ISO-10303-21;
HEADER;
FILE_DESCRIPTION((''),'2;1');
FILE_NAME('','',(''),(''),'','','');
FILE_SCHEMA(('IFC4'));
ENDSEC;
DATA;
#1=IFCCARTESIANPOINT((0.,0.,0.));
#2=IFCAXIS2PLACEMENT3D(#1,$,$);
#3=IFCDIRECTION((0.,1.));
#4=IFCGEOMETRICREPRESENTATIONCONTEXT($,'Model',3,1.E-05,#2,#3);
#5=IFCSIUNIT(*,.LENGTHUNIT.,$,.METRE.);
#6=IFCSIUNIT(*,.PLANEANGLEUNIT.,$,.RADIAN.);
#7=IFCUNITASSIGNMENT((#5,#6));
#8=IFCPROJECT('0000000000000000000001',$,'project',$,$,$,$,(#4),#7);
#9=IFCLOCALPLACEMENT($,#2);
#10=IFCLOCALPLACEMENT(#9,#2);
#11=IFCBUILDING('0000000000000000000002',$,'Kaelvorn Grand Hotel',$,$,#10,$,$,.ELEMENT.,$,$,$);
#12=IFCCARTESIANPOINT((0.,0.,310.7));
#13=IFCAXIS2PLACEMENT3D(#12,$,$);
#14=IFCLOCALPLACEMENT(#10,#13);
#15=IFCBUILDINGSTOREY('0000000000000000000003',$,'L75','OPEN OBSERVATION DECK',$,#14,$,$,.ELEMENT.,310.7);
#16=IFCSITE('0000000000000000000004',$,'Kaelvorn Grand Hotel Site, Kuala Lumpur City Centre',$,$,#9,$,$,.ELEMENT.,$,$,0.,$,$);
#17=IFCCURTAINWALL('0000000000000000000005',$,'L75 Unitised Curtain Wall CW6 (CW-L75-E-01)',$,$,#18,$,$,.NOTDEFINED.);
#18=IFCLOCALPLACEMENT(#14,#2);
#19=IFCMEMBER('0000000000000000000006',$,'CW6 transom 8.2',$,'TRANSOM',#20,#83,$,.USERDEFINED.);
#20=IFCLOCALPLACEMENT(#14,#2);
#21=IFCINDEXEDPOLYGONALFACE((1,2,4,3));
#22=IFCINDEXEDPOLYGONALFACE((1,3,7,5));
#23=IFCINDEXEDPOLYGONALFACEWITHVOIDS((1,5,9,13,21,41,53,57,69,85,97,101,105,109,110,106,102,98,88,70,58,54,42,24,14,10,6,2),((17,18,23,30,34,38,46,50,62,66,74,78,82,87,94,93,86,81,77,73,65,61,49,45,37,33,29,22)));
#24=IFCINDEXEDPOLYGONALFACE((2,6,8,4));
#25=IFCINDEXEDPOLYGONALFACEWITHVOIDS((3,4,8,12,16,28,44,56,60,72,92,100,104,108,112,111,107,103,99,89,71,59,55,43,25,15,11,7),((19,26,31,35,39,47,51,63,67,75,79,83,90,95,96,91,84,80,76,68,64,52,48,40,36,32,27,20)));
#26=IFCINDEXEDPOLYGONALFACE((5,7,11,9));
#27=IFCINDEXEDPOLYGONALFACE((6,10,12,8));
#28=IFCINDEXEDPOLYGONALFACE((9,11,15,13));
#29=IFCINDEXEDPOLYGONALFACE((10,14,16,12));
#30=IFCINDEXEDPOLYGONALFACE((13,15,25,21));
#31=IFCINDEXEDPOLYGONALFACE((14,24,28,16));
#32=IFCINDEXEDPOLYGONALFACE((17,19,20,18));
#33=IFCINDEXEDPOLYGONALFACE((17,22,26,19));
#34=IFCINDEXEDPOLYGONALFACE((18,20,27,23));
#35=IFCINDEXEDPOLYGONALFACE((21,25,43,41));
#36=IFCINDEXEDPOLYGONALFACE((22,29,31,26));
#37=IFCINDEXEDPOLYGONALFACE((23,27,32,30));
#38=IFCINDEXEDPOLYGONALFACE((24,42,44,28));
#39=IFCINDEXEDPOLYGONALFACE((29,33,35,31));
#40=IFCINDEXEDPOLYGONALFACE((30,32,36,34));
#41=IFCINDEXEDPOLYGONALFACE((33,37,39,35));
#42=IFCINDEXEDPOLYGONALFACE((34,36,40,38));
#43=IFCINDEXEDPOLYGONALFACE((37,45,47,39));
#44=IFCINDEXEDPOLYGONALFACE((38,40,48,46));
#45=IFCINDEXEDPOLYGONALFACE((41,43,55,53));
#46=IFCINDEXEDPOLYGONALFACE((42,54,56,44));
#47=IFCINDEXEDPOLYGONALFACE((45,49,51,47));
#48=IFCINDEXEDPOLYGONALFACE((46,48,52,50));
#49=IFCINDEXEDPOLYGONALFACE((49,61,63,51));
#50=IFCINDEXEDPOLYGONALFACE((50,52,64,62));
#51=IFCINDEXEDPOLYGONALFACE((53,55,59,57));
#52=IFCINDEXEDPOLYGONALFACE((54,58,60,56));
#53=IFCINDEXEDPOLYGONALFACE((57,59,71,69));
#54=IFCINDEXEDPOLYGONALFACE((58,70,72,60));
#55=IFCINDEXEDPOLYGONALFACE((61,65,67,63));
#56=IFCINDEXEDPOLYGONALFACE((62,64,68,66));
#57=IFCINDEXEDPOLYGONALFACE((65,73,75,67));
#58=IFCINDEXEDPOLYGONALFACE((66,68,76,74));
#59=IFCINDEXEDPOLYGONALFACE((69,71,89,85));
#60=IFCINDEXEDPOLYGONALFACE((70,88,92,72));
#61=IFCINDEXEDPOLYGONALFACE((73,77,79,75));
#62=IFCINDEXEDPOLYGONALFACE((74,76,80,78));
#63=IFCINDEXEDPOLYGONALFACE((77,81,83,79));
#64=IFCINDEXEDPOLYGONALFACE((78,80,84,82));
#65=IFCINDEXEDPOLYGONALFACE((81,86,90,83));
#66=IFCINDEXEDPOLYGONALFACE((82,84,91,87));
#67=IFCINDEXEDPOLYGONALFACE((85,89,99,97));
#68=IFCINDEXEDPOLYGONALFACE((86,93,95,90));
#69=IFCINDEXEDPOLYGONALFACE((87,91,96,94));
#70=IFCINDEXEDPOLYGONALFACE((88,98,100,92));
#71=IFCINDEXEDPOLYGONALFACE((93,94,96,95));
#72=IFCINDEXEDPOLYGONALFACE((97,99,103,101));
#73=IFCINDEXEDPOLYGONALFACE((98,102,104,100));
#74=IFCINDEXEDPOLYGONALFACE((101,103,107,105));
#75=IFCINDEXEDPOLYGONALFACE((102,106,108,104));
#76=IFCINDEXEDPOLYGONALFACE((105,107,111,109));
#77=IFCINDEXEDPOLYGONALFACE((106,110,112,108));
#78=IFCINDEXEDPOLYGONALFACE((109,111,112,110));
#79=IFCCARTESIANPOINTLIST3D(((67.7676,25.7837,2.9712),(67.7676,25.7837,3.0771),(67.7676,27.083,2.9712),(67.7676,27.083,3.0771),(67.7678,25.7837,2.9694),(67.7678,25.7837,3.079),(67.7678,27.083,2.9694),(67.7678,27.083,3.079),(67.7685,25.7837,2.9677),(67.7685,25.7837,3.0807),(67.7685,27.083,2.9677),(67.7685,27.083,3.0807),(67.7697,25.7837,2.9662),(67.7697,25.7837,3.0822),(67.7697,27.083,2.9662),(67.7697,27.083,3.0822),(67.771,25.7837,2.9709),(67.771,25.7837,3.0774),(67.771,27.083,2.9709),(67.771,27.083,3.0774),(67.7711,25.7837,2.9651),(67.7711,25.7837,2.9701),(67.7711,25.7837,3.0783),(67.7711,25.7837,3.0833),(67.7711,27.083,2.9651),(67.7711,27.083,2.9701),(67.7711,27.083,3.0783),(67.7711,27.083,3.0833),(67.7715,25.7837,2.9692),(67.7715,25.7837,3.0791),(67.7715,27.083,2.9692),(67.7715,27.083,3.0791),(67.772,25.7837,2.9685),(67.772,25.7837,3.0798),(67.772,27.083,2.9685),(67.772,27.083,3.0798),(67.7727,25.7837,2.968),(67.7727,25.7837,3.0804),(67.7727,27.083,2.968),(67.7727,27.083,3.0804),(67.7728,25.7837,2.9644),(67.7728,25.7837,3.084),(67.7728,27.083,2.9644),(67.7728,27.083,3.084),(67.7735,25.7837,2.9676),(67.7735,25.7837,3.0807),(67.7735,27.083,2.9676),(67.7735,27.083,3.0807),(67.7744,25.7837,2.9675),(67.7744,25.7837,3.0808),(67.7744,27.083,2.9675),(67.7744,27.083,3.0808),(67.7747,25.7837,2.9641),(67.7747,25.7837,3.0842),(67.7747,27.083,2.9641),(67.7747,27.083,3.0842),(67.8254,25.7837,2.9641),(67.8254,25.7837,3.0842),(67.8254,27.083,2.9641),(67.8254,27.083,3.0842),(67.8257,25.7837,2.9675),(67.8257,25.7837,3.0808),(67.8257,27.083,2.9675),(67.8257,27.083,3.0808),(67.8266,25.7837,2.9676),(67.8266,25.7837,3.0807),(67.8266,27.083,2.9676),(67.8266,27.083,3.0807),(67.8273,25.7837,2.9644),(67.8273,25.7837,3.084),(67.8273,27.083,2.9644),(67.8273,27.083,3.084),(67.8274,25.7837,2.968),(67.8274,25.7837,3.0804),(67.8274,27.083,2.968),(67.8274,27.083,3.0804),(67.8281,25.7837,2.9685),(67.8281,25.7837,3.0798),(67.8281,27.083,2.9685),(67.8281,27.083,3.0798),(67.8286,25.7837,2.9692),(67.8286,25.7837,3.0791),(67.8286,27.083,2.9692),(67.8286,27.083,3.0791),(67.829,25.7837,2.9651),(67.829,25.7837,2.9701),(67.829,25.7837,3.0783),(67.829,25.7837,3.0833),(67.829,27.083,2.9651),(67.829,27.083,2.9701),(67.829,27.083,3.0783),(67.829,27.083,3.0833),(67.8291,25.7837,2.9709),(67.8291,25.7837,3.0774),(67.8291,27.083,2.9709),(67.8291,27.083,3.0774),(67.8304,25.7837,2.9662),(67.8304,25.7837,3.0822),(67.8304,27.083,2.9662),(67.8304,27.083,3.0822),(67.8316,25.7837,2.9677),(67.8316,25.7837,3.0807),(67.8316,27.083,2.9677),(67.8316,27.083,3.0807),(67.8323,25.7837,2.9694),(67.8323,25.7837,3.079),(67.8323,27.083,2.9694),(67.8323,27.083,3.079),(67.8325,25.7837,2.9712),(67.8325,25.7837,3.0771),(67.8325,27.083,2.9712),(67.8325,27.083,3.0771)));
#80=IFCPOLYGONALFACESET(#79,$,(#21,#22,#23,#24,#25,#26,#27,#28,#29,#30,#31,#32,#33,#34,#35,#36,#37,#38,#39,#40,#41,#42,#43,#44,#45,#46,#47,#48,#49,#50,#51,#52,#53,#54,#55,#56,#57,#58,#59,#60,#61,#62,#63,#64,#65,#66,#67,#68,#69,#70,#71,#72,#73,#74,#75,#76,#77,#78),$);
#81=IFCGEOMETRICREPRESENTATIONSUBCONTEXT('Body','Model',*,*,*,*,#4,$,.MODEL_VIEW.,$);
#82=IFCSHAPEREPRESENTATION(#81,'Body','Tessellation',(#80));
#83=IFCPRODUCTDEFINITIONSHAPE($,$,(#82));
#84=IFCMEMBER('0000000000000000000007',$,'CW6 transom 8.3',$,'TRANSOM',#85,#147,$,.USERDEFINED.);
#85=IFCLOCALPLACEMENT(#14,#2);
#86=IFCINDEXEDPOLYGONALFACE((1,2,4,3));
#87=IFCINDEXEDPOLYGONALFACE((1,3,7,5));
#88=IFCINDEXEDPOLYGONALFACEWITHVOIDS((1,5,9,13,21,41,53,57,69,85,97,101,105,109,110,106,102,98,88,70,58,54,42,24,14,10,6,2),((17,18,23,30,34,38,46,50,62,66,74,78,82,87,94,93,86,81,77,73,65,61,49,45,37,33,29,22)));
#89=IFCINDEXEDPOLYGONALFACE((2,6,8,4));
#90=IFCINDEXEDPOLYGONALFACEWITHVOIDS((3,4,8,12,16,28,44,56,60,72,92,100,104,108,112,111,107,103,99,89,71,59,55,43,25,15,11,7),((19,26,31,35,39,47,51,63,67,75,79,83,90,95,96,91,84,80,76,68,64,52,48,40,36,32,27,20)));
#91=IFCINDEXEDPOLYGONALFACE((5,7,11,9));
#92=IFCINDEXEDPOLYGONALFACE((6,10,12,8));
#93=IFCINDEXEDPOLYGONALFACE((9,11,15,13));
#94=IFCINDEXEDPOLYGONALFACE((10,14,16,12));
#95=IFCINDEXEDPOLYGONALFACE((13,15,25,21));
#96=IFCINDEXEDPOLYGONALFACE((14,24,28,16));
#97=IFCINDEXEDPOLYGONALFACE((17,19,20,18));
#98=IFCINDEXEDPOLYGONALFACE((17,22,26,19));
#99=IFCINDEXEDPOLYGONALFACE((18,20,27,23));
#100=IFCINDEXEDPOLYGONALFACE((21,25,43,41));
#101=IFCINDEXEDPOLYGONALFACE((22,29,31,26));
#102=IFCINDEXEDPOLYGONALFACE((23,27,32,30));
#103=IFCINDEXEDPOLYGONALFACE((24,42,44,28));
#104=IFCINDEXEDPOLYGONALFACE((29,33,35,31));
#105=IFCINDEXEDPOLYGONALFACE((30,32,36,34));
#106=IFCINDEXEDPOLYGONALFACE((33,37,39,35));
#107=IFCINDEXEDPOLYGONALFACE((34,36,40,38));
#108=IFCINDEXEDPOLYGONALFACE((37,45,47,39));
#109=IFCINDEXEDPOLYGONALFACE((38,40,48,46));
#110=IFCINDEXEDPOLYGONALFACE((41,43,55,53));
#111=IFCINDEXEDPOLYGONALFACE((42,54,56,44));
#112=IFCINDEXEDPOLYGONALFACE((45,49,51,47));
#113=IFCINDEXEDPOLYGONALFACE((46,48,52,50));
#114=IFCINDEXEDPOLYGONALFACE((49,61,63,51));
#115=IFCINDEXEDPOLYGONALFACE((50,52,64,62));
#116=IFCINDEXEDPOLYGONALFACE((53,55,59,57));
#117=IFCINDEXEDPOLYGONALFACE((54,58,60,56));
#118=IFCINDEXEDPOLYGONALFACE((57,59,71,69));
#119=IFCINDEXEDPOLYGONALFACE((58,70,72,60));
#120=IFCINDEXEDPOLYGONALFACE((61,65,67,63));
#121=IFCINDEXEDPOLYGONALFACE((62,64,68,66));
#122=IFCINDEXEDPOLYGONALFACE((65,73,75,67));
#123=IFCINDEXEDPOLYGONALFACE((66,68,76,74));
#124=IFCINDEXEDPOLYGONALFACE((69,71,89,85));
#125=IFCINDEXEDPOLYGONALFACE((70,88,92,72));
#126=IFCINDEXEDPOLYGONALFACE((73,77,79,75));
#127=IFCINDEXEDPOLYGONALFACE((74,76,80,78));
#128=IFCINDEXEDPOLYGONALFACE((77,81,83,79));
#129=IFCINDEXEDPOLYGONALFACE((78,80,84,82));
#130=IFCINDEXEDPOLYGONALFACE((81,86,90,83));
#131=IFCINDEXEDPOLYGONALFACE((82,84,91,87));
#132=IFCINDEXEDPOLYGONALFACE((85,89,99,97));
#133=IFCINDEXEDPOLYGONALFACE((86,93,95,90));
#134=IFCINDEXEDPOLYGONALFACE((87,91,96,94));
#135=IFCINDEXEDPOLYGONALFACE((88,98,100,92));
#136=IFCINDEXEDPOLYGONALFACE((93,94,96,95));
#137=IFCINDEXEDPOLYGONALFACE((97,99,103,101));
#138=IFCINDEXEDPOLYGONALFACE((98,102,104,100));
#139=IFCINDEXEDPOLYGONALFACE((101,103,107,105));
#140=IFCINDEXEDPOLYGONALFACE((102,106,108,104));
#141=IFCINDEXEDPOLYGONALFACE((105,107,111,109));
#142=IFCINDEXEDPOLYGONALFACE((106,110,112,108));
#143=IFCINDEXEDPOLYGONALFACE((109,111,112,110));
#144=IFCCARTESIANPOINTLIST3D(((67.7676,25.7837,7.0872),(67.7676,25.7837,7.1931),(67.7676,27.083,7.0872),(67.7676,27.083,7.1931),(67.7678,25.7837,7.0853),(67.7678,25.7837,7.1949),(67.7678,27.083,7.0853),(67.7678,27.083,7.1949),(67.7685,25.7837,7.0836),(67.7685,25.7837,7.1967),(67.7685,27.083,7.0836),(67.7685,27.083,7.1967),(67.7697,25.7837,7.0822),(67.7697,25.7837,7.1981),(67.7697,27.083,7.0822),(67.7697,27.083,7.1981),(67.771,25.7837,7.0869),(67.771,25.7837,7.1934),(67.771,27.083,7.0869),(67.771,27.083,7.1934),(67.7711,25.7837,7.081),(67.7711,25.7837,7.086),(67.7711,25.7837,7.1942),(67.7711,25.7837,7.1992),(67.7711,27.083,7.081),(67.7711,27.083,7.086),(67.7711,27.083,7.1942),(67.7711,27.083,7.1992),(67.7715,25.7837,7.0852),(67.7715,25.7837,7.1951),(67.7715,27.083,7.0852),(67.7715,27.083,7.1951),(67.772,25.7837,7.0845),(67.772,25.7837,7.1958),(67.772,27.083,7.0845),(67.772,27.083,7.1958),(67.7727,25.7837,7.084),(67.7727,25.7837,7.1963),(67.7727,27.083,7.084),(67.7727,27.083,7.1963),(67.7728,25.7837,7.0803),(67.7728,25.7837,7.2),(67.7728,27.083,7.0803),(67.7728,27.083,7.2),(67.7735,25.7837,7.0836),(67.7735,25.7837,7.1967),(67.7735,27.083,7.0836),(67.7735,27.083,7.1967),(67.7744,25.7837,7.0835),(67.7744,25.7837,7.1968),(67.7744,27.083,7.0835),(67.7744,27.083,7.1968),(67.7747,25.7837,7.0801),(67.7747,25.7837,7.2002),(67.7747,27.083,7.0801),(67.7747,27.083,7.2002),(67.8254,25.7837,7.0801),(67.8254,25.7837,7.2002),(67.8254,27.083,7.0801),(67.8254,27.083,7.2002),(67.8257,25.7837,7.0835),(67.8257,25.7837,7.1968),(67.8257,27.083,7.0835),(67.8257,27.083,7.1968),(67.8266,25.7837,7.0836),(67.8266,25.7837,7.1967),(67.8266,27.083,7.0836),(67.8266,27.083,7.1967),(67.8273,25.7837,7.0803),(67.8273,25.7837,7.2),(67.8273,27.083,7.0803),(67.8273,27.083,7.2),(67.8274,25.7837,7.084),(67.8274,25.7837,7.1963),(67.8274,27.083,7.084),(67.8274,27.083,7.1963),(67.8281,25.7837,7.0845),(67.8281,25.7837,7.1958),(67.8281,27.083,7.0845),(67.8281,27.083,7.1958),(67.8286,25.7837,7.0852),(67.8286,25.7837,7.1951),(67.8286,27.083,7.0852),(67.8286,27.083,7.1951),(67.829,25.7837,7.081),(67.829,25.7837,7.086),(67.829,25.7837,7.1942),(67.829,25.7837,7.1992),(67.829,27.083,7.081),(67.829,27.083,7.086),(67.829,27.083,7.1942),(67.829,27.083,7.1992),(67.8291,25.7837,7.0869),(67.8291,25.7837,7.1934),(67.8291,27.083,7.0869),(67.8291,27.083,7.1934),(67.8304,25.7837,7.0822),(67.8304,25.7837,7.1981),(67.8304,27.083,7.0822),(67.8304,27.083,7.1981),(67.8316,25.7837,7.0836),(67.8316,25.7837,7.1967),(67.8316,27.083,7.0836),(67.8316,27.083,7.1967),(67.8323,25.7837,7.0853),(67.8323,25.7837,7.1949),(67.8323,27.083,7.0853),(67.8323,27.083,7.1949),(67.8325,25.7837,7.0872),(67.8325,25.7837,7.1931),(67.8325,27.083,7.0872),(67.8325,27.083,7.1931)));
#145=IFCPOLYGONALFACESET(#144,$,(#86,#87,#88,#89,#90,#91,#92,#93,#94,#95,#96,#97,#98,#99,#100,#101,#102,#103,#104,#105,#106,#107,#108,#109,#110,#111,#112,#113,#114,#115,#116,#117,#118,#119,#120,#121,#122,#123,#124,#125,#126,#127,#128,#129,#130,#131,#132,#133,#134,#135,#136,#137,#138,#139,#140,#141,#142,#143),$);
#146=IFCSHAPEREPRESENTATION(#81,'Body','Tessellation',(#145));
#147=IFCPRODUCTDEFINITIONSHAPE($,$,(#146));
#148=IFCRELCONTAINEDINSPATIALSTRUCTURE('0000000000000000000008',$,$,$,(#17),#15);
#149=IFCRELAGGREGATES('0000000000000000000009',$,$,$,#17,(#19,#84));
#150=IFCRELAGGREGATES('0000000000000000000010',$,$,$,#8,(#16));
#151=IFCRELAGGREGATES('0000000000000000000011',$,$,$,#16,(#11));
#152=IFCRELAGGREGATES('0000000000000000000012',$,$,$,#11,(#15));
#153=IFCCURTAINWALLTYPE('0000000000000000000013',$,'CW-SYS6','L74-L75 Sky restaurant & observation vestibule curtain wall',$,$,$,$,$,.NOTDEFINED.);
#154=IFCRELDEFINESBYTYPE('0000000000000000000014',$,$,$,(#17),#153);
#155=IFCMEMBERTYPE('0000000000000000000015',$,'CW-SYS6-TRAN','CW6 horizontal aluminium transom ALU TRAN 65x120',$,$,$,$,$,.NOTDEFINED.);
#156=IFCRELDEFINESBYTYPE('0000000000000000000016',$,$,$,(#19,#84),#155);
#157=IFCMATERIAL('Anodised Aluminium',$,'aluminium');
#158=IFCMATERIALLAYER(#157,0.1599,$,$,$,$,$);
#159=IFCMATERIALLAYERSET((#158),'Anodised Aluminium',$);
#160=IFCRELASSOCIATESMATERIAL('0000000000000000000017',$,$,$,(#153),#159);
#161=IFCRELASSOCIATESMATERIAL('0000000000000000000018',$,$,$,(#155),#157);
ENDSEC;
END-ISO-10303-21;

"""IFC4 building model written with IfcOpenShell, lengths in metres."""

from ifc_helpers import new_model, si_unit, direction, frame, origin, origin_2d, place, context, subcontext, project, spatial, hollow_rectangle, extrude, material, layer, layer_set, material_profile, profile_set, type_object, element, aggregate, save


model = new_model("IFC4")

# Units and contexts
model_context = context("Model", 3, precision=1e-05, world=origin(), true_north=direction((0.0, 1.0)))
body_context = subcontext(model_context, "Body", "Model", "MODEL_VIEW")
ifc_project = project(units=[si_unit("LENGTHUNIT", "METRE"), si_unit("PLANEANGLEUNIT", "RADIAN")], contexts=[model_context])

# Site, building, storey
site_placement = place(None, origin())
site = spatial("IfcSite", under=ifc_project, at=site_placement, Name="Kaelvorn Grand Hotel Site, Kuala Lumpur City Centre", CompositionType="ELEMENT", RefElevation=0.0)
building_placement = place(site_placement, origin())
building = spatial("IfcBuilding", under=site, at=building_placement, Name="Kaelvorn Grand Hotel", CompositionType="ELEMENT")
storey_placement = place(building_placement, frame((0.0, 0.0, 310.7)))
storey = spatial("IfcBuildingStorey", under=building, at=storey_placement, Name="L75", Description="OPEN OBSERVATION DECK", CompositionType="ELEMENT", Elevation=310.7)

# Curtain wall, members
ifc_material_1 = material(Name="Anodised Aluminium", Category="aluminium")
ifc_layer_1 = layer(ifc_material_1, 0.1599)
ifc_layer_set_1 = layer_set([ifc_layer_1], Name="Anodised Aluminium")
curtain_wall_type = type_object("IfcCurtainWallType", Name="CW-SYS6", Description="L74-L75 Sky restaurant & observation vestibule curtain wall", PredefinedType="NOTDEFINED", material=ifc_layer_set_1)
curtain_wall_placement = place(storey_placement, origin())
curtain_wall = element("IfcCurtainWall", 1, at=curtain_wall_placement, inside=storey, type_object=curtain_wall_type, Name="L75 Unitised Curtain Wall CW6 (CW-L75-E-01)", PredefinedType="NOTDEFINED")
ifc_material_profile_1 = material_profile(ifc_material_1, hollow_rectangle(XDim=0.0649, YDim=0.1201, WallThickness=0.0034, InnerFilletRadius=0.0034, OuterFilletRadius=0.0071, at=origin_2d()), Name="ALU TRAN 65x120")
ifc_profile_set_1 = profile_set([ifc_material_profile_1], Name="Anodised Aluminium")
member_type_1 = type_object("IfcMemberType", Name="CW-SYS6-TRAN", Description="CW6 horizontal aluminium transom ALU TRAN 65x120", PredefinedType="NOTDEFINED", material=ifc_profile_set_1)
member_1_placement = place(storey_placement, frame((67.8, 25.7837, 3.0242), z_axis=(0.0, 1.0, 0.0), x_axis=(-1.0, 0.0, 0.0)))
member_1 = element("IfcMember", 2, at=member_1_placement, type_object=member_type_1, Name="CW6 transom 8.2", ObjectType="TRANSOM", PredefinedType="USERDEFINED", context=body_context, shape_type="SweptSolid", body=[
    extrude(hollow_rectangle(XDim=0.0649, YDim=0.1201, WallThickness=0.0034, InnerFilletRadius=0.0034, OuterFilletRadius=0.0071, at=origin_2d()), origin(), (0.0, 0.0, 1.0), 1.2993),
])
member_2_placement = place(storey_placement, frame((67.8, 25.7837, 7.1401), z_axis=(0.0, 1.0, 0.0), x_axis=(-1.0, 0.0, 0.0)))
member_2 = element("IfcMember", 3, at=member_2_placement, type_object=member_type_1, Name="CW6 transom 8.3", ObjectType="TRANSOM", PredefinedType="USERDEFINED", context=body_context, shape_type="SweptSolid", body=[
    extrude(hollow_rectangle(XDim=0.0649, YDim=0.1201, WallThickness=0.0034, InnerFilletRadius=0.0034, OuterFilletRadius=0.0071, at=origin_2d()), origin(), (0.0, 0.0, 1.0), 1.2993),
])
aggregate(curtain_wall, [member_1, member_2])

save(model, "model.ifc")
